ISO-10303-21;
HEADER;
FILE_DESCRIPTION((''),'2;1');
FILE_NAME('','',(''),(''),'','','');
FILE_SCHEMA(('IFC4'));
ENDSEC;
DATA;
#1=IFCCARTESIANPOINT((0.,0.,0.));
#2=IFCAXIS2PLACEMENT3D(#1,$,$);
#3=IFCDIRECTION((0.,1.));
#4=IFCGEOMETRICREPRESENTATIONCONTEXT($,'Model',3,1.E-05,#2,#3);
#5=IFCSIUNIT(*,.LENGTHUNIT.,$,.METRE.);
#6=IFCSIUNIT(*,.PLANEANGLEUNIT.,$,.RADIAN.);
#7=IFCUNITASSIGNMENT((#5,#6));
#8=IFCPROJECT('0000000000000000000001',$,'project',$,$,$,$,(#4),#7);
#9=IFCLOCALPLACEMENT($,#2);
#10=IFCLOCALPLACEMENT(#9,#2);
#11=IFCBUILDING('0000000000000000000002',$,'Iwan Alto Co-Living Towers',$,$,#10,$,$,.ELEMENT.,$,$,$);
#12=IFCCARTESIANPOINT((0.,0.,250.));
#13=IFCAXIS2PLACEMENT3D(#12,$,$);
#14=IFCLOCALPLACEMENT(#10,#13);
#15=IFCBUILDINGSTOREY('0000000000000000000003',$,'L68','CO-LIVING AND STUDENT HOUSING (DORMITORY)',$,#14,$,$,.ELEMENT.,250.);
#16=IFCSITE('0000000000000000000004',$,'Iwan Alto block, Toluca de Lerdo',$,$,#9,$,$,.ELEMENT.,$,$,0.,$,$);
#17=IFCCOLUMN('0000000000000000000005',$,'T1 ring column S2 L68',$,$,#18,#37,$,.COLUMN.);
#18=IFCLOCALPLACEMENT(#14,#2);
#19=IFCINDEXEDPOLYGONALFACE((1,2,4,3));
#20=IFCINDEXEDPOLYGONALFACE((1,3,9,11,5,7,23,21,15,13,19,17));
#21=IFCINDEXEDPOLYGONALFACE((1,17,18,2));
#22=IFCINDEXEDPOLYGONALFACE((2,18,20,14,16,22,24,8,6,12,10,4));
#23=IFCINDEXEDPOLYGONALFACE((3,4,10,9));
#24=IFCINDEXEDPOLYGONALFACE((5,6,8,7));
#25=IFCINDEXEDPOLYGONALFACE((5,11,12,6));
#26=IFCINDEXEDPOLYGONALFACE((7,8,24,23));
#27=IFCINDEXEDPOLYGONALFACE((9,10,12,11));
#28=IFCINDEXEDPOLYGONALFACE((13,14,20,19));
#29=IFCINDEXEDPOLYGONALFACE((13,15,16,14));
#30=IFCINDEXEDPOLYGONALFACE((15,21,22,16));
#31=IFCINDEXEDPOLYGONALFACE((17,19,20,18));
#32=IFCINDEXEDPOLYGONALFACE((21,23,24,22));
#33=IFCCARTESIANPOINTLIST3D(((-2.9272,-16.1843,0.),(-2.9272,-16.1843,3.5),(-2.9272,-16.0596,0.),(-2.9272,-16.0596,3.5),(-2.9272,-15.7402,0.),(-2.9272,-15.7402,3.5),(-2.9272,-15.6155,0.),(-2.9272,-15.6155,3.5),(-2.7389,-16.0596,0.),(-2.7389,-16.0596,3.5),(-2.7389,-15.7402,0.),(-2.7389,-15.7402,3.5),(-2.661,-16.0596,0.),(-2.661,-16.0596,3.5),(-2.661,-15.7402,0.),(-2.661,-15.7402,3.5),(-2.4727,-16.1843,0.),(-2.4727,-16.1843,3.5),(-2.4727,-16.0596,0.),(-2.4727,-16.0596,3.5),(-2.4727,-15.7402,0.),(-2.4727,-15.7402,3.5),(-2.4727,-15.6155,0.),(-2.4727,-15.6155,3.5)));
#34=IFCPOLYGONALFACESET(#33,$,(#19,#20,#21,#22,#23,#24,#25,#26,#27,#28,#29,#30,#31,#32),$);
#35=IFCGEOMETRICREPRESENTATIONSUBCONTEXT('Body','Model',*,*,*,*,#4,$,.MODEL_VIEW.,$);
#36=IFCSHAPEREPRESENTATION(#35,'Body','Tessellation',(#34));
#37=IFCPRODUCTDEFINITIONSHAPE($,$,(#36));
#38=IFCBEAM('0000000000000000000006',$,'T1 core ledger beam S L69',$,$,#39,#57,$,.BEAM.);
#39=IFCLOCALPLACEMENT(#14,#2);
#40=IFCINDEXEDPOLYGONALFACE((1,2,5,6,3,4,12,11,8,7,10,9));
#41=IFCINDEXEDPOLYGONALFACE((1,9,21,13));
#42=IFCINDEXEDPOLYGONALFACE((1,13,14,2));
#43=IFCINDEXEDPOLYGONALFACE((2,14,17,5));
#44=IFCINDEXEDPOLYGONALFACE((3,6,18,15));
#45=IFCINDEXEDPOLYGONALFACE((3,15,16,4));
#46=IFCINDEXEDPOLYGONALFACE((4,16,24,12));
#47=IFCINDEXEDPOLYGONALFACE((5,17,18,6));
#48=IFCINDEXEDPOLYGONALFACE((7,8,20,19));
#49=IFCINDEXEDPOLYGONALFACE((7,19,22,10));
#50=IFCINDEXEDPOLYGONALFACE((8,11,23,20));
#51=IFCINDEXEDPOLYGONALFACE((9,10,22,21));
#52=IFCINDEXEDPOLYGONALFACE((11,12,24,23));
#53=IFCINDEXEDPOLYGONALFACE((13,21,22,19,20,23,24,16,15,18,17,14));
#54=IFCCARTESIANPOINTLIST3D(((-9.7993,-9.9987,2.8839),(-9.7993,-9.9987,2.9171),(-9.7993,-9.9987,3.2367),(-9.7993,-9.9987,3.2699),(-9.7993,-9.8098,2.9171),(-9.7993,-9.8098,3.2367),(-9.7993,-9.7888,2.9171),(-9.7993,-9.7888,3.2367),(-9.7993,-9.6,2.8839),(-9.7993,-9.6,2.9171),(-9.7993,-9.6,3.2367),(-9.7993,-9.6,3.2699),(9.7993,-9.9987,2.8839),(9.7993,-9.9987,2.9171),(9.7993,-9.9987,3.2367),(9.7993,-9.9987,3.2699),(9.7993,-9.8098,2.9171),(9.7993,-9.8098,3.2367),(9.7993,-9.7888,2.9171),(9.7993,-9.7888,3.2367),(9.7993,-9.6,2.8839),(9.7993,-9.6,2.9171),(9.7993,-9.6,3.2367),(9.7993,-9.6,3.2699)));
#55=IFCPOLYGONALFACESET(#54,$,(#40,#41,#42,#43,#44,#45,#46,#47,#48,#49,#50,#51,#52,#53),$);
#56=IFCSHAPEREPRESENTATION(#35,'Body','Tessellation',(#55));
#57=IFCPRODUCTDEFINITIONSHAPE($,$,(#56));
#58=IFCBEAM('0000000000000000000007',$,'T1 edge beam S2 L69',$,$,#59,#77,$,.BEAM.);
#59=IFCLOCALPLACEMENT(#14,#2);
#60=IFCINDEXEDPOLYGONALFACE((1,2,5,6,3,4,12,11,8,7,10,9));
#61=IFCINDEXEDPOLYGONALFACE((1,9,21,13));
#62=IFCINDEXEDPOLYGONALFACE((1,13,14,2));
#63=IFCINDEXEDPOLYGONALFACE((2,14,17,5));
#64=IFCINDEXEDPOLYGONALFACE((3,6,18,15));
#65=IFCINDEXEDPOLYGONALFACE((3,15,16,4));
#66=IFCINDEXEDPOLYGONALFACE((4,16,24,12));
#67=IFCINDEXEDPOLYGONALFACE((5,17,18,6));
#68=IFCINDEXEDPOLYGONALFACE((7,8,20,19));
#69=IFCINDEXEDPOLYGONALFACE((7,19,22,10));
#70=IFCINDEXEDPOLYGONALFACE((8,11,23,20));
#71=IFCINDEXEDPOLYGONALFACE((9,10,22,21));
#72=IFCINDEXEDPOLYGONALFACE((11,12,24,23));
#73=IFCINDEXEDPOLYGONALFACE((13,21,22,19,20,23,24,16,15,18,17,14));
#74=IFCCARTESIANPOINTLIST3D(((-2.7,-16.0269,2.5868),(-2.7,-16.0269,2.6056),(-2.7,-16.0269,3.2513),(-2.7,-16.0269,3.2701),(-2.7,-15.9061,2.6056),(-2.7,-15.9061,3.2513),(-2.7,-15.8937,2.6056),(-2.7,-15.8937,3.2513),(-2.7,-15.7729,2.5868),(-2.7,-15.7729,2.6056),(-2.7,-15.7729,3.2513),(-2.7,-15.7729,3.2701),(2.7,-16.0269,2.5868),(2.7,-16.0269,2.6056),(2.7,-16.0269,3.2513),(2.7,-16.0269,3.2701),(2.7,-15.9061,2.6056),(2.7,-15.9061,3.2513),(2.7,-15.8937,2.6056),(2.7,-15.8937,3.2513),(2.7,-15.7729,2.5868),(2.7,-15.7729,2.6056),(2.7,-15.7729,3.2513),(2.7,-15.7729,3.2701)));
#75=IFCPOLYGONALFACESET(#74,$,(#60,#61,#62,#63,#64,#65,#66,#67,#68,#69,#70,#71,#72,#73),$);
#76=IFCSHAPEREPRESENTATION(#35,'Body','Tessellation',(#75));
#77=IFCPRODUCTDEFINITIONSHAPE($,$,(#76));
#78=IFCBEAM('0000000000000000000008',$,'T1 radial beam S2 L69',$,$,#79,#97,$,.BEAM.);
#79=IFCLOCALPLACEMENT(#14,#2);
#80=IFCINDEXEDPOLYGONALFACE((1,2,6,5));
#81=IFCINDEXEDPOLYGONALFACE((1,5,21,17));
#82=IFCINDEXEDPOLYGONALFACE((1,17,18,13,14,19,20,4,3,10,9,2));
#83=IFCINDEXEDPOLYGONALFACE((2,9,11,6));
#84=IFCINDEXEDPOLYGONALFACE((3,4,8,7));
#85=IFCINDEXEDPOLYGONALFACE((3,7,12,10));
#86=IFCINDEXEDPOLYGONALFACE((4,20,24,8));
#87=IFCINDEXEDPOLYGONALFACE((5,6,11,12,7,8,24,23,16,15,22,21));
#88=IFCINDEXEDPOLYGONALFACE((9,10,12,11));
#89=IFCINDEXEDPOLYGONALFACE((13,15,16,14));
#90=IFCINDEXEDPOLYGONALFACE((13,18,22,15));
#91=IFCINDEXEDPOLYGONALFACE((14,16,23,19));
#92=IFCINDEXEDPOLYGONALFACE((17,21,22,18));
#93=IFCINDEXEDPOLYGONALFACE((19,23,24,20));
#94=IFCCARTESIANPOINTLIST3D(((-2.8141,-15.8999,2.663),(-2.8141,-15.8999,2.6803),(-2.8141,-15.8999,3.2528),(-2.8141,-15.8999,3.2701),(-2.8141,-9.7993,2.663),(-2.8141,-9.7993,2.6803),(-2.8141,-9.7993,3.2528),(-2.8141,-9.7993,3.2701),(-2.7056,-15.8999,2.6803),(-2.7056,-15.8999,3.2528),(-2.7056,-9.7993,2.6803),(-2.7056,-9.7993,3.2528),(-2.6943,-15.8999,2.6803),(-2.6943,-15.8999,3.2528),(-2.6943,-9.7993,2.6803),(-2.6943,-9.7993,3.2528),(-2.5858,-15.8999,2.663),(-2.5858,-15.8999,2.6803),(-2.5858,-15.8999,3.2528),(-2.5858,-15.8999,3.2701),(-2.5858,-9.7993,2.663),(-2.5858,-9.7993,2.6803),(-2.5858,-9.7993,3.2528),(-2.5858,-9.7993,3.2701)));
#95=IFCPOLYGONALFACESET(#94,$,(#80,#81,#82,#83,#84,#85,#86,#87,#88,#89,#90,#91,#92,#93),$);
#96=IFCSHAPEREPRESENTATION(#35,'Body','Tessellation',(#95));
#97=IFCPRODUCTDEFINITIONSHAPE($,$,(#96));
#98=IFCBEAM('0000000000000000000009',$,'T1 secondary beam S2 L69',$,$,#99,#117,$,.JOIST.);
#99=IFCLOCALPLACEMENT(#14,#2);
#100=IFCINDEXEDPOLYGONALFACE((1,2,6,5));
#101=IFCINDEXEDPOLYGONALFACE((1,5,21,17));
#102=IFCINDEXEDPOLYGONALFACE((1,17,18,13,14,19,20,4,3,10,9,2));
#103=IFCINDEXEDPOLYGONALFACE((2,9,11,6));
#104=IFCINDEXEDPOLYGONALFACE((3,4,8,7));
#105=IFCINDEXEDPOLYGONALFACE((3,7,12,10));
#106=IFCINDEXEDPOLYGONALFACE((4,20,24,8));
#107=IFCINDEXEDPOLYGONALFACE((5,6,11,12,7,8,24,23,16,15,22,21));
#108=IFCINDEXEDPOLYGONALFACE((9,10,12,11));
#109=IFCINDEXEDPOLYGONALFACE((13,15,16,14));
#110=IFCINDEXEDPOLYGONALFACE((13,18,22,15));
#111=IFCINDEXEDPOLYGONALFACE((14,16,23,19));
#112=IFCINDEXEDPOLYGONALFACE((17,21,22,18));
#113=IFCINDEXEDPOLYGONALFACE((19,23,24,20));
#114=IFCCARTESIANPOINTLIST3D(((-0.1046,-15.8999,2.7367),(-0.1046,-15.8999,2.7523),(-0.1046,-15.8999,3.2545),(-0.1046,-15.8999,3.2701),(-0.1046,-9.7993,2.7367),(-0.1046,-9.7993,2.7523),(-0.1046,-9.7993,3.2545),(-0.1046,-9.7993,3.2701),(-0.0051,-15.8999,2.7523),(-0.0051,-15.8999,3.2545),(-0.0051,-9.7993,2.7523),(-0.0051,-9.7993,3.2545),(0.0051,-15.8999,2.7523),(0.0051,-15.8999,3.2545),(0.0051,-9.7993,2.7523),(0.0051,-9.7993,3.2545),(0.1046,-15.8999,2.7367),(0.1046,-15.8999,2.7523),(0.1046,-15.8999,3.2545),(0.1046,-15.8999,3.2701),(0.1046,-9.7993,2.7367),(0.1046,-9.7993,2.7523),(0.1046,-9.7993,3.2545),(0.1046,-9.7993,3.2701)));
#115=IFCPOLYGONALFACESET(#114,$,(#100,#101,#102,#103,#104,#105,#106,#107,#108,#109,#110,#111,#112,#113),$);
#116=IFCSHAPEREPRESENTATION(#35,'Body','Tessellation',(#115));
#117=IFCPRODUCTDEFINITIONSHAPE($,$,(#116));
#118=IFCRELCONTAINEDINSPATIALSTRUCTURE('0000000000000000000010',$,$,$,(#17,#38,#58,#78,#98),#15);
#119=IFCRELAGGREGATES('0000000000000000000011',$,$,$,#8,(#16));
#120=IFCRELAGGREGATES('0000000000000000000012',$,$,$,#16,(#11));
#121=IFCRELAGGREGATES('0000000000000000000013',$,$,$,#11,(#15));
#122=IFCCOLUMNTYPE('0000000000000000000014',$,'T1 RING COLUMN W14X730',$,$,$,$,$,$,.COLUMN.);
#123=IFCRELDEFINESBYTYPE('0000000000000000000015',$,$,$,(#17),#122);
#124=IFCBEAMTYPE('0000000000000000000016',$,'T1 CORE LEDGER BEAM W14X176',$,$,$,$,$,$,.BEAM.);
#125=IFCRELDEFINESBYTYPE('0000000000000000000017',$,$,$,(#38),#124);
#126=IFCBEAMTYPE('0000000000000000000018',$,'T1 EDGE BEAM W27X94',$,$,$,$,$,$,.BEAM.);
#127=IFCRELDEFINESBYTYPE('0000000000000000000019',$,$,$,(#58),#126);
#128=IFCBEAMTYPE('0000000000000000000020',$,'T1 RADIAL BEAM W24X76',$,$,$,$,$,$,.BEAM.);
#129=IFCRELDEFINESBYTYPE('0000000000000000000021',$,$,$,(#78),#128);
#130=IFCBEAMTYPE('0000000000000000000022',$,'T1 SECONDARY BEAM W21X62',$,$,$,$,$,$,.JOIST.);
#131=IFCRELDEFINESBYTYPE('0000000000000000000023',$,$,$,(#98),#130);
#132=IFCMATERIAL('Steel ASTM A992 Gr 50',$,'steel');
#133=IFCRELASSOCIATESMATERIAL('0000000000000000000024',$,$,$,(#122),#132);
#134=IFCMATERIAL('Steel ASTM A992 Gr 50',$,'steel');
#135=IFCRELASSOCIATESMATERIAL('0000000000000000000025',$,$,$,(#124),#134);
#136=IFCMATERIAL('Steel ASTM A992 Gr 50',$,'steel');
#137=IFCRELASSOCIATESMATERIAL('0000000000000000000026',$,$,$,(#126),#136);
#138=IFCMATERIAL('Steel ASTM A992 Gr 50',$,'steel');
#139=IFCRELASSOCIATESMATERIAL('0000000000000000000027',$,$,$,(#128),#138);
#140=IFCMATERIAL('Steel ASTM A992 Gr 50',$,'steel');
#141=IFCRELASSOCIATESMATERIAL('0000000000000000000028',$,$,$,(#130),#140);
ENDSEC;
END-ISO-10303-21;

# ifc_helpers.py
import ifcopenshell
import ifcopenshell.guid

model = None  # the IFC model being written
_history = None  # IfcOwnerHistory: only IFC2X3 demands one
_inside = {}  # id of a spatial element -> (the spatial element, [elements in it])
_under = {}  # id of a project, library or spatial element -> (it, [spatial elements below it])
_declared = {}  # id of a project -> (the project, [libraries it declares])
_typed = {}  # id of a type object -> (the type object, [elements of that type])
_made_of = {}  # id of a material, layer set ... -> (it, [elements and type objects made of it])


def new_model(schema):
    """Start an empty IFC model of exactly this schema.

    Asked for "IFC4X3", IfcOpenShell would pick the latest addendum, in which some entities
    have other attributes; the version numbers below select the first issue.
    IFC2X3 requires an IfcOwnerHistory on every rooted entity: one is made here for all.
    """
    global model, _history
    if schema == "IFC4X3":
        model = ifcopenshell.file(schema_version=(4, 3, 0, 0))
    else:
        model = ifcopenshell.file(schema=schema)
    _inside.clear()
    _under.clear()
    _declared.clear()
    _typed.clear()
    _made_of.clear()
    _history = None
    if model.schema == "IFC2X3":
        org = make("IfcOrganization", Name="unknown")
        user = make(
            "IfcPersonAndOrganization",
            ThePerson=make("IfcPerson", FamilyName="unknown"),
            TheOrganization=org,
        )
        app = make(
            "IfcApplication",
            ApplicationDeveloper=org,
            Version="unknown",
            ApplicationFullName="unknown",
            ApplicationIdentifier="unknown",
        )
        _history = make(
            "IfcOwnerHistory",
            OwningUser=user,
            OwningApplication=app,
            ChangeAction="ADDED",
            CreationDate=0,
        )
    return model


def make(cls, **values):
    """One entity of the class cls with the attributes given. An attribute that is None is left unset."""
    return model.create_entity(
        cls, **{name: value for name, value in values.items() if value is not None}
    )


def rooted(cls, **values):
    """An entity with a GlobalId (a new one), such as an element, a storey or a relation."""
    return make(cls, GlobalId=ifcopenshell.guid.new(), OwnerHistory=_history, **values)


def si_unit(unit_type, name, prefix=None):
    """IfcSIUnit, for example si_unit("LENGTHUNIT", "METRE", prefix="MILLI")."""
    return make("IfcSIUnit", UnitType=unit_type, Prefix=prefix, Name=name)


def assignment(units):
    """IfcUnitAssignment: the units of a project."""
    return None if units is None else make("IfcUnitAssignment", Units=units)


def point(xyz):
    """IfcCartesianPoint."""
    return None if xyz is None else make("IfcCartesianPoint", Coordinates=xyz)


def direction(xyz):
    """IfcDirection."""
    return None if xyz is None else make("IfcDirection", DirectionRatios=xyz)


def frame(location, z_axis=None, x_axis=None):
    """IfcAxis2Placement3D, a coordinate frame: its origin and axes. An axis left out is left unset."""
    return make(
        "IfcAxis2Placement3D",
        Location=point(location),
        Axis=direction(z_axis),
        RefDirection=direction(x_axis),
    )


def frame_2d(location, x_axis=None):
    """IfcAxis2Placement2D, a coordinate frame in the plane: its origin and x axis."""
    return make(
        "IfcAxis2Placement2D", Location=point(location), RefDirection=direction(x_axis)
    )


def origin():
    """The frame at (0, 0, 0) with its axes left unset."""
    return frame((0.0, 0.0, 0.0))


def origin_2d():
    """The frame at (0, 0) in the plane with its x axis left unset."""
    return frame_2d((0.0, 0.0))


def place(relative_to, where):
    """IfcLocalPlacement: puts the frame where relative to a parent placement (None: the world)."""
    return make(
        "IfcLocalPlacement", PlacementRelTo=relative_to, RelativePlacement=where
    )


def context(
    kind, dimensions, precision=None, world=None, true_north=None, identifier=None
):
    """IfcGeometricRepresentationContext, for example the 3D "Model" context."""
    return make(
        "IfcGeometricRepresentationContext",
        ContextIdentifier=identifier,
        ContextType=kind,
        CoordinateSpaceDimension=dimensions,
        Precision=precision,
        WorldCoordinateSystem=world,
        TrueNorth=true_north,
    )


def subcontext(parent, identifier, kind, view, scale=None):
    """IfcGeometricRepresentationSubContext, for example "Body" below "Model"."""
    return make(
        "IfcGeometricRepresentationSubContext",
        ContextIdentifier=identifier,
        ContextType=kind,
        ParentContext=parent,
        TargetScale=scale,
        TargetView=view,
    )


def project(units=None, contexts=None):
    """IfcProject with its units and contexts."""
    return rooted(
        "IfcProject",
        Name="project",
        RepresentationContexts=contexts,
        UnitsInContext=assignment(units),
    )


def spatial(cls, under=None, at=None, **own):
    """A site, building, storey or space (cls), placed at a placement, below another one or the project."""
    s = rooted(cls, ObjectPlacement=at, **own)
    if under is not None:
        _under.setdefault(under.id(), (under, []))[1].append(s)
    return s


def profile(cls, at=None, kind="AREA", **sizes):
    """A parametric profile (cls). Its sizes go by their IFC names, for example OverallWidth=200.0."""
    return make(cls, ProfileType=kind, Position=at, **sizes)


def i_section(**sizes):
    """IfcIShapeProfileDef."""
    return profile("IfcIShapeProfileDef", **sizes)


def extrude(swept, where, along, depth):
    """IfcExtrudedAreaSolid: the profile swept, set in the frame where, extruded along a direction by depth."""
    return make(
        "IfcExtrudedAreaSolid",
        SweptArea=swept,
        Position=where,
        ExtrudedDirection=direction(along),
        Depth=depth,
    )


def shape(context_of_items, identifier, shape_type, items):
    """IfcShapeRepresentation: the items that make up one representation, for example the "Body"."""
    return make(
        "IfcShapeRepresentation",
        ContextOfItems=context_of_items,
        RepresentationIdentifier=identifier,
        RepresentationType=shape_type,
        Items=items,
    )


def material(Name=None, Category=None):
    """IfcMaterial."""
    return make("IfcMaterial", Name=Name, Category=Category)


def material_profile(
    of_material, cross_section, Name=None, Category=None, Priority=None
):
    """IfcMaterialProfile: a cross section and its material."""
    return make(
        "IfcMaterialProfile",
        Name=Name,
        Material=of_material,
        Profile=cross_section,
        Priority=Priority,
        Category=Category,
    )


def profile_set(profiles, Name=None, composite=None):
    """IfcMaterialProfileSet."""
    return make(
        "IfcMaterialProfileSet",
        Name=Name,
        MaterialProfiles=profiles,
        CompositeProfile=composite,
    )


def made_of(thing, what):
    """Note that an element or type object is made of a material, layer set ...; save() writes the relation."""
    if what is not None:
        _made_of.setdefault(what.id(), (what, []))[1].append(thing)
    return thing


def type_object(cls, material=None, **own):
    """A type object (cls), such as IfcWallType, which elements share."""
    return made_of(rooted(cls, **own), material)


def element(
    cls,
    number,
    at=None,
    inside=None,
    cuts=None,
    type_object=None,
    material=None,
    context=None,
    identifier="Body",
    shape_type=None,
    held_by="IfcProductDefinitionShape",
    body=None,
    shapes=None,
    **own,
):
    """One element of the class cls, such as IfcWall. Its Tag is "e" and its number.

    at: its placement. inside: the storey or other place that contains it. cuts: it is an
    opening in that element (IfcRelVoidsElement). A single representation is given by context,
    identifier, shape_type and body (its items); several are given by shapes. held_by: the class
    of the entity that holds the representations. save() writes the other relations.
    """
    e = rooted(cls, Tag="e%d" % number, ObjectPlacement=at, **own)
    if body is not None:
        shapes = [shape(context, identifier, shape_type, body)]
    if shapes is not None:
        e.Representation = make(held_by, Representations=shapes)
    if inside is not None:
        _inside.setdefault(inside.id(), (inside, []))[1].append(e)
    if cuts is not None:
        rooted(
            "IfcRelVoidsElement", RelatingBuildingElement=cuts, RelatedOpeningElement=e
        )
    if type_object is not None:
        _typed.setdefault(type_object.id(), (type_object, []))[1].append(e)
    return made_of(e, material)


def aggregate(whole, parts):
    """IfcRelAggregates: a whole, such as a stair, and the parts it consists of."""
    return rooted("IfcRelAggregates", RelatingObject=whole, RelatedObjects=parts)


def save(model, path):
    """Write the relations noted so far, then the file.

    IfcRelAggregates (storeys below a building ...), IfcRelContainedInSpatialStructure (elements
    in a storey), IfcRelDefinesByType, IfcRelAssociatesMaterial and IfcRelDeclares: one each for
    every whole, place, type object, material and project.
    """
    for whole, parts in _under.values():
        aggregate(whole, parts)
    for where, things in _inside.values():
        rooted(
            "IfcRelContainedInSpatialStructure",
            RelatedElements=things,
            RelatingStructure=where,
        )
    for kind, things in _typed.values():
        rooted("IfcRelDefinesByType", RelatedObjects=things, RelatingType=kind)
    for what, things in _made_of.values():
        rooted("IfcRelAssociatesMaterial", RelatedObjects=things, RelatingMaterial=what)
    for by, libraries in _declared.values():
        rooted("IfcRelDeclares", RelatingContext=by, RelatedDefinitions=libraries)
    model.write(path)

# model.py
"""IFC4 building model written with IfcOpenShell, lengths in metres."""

from ifc_helpers import new_model, si_unit, direction, frame, origin, origin_2d, place, context, subcontext, project, spatial, i_section, extrude, material, material_profile, profile_set, type_object, element, save


model = new_model("IFC4")

# Units and contexts
model_context = context("Model", 3, precision=1e-05, world=origin(), true_north=direction((0.0, 1.0)))
body_context = subcontext(model_context, "Body", "Model", "MODEL_VIEW")
ifc_project = project(units=[si_unit("LENGTHUNIT", "METRE"), si_unit("PLANEANGLEUNIT", "RADIAN")], contexts=[model_context])

# Site, building, storey
site_placement = place(None, origin())
site = spatial("IfcSite", under=ifc_project, at=site_placement, Name="Iwan Alto block, Toluca de Lerdo", CompositionType="ELEMENT", RefElevation=0.0)
building_placement = place(site_placement, origin())
building = spatial("IfcBuilding", under=site, at=building_placement, Name="Iwan Alto Co-Living Towers", CompositionType="ELEMENT")
storey_placement = place(building_placement, frame((0.0, 0.0, 250.0)))
storey = spatial("IfcBuildingStorey", under=building, at=storey_placement, Name="L68", Description="CO-LIVING AND STUDENT HOUSING (DORMITORY)", CompositionType="ELEMENT", Elevation=250.0)

# Column
ifc_material_1 = material(Name="Steel ASTM A992 Gr 50", Category="steel")
ifc_material_profile_1 = material_profile(ifc_material_1, i_section(OverallWidth=0.4546, OverallDepth=0.5688, WebThickness=0.0779, FlangeThickness=0.1248, at=origin_2d()), Name="W14X730")
ifc_profile_set_1 = profile_set([ifc_material_profile_1], Name="Steel ASTM A992 Gr 50")
column_type = type_object("IfcColumnType", Name="T1 RING COLUMN W14X730", PredefinedType="COLUMN", material=ifc_profile_set_1)
column_placement = place(storey_placement, frame((-2.7, -15.8999, 0.0), z_axis=(0.0, 0.0, 1.0), x_axis=(1.0, 0.0, 0.0)))
element("IfcColumn", 1, at=column_placement, inside=storey, type_object=column_type, Name="T1 ring column S2 L68", PredefinedType="COLUMN", context=body_context, shape_type="SweptSolid", body=[
    extrude(i_section(OverallWidth=0.4546, OverallDepth=0.5688, WebThickness=0.0779, FlangeThickness=0.1248, at=origin_2d()), origin(), (0.0, 0.0, 1.0), 3.5),
])

# Beams
ifc_material_2 = material(Name="Steel ASTM A992 Gr 50", Category="steel")
ifc_material_profile_2 = material_profile(ifc_material_2, i_section(OverallWidth=0.3987, OverallDepth=0.386, WebThickness=0.021, FlangeThickness=0.0332, at=origin_2d()), Name="W14X176")
ifc_profile_set_2 = profile_set([ifc_material_profile_2], Name="Steel ASTM A992 Gr 50")
beam_type_1 = type_object("IfcBeamType", Name="T1 CORE LEDGER BEAM W14X176", PredefinedType="BEAM", material=ifc_profile_set_2)
beam_1_placement = place(storey_placement, frame((-9.7993, -9.7993, 3.0769), z_axis=(1.0, 0.0, 0.0), x_axis=(0.0, 1.0, 0.0)))
element("IfcBeam", 2, at=beam_1_placement, inside=storey, type_object=beam_type_1, Name="T1 core ledger beam S L69", PredefinedType="BEAM", context=body_context, shape_type="SweptSolid", body=[
    extrude(i_section(OverallWidth=0.3987, OverallDepth=0.386, WebThickness=0.021, FlangeThickness=0.0332, at=origin_2d()), origin(), (0.0, 0.0, 1.0), 19.5986),
])
ifc_material_3 = material(Name="Steel ASTM A992 Gr 50", Category="steel")
ifc_material_profile_3 = material_profile(ifc_material_3, i_section(OverallWidth=0.2539, OverallDepth=0.6833, WebThickness=0.0125, FlangeThickness=0.0188, at=origin_2d()), Name="W27X94")
ifc_profile_set_3 = profile_set([ifc_material_profile_3], Name="Steel ASTM A992 Gr 50")
beam_type_2 = type_object("IfcBeamType", Name="T1 EDGE BEAM W27X94", PredefinedType="BEAM", material=ifc_profile_set_3)
beam_2_placement = place(storey_placement, frame((-2.7, -15.8999, 2.9285), z_axis=(1.0, 0.0, 0.0), x_axis=(0.0, 1.0, 0.0)))
element("IfcBeam", 3, at=beam_2_placement, inside=storey, type_object=beam_type_2, Name="T1 edge beam S2 L69", PredefinedType="BEAM", context=body_context, shape_type="SweptSolid", body=[
    extrude(i_section(OverallWidth=0.2539, OverallDepth=0.6833, WebThickness=0.0125, FlangeThickness=0.0188, at=origin_2d()), origin(), (0.0, 0.0, 1.0), 5.3999),
])
ifc_material_4 = material(Name="Steel ASTM A992 Gr 50", Category="steel")
ifc_material_profile_4 = material_profile(ifc_material_4, i_section(OverallWidth=0.2283, OverallDepth=0.6072, WebThickness=0.0112, FlangeThickness=0.0173, at=origin_2d()), Name="W24X76")
ifc_profile_set_4 = profile_set([ifc_material_profile_4], Name="Steel ASTM A992 Gr 50")
beam_type_3 = type_object("IfcBeamType", Name="T1 RADIAL BEAM W24X76", PredefinedType="BEAM", material=ifc_profile_set_4)
beam_3_placement = place(storey_placement, frame((-2.7, -15.8999, 2.9666), z_axis=(0.0, 1.0, 0.0), x_axis=(-1.0, 0.0, 0.0)))
element("IfcBeam", 4, at=beam_3_placement, inside=storey, type_object=beam_type_3, Name="T1 radial beam S2 L69", PredefinedType="BEAM", context=body_context, shape_type="SweptSolid", body=[
    extrude(i_section(OverallWidth=0.2283, OverallDepth=0.6072, WebThickness=0.0112, FlangeThickness=0.0173, at=origin_2d()), origin(), (0.0, 0.0, 1.0), 6.1006),
])
ifc_material_5 = material(Name="Steel ASTM A992 Gr 50", Category="steel")
ifc_material_profile_5 = material_profile(ifc_material_5, i_section(OverallWidth=0.2092, OverallDepth=0.5334, WebThickness=0.0103, FlangeThickness=0.0156, at=origin_2d()), Name="W21X62")
ifc_profile_set_5 = profile_set([ifc_material_profile_5], Name="Steel ASTM A992 Gr 50")
beam_type_4 = type_object("IfcBeamType", Name="T1 SECONDARY BEAM W21X62", PredefinedType="JOIST", material=ifc_profile_set_5)
beam_4_placement = place(storey_placement, frame((0.0, -15.8999, 3.0034), z_axis=(0.0, 1.0, 0.0), x_axis=(-1.0, 0.0, 0.0)))
element("IfcBeam", 5, at=beam_4_placement, inside=storey, type_object=beam_type_4, Name="T1 secondary beam S2 L69", PredefinedType="JOIST", context=body_context, shape_type="SweptSolid", body=[
    extrude(i_section(OverallWidth=0.2092, OverallDepth=0.5334, WebThickness=0.0103, FlangeThickness=0.0156, at=origin_2d()), origin(), (0.0, 0.0, 1.0), 6.1006),
])

save(model, "model.ifc")
